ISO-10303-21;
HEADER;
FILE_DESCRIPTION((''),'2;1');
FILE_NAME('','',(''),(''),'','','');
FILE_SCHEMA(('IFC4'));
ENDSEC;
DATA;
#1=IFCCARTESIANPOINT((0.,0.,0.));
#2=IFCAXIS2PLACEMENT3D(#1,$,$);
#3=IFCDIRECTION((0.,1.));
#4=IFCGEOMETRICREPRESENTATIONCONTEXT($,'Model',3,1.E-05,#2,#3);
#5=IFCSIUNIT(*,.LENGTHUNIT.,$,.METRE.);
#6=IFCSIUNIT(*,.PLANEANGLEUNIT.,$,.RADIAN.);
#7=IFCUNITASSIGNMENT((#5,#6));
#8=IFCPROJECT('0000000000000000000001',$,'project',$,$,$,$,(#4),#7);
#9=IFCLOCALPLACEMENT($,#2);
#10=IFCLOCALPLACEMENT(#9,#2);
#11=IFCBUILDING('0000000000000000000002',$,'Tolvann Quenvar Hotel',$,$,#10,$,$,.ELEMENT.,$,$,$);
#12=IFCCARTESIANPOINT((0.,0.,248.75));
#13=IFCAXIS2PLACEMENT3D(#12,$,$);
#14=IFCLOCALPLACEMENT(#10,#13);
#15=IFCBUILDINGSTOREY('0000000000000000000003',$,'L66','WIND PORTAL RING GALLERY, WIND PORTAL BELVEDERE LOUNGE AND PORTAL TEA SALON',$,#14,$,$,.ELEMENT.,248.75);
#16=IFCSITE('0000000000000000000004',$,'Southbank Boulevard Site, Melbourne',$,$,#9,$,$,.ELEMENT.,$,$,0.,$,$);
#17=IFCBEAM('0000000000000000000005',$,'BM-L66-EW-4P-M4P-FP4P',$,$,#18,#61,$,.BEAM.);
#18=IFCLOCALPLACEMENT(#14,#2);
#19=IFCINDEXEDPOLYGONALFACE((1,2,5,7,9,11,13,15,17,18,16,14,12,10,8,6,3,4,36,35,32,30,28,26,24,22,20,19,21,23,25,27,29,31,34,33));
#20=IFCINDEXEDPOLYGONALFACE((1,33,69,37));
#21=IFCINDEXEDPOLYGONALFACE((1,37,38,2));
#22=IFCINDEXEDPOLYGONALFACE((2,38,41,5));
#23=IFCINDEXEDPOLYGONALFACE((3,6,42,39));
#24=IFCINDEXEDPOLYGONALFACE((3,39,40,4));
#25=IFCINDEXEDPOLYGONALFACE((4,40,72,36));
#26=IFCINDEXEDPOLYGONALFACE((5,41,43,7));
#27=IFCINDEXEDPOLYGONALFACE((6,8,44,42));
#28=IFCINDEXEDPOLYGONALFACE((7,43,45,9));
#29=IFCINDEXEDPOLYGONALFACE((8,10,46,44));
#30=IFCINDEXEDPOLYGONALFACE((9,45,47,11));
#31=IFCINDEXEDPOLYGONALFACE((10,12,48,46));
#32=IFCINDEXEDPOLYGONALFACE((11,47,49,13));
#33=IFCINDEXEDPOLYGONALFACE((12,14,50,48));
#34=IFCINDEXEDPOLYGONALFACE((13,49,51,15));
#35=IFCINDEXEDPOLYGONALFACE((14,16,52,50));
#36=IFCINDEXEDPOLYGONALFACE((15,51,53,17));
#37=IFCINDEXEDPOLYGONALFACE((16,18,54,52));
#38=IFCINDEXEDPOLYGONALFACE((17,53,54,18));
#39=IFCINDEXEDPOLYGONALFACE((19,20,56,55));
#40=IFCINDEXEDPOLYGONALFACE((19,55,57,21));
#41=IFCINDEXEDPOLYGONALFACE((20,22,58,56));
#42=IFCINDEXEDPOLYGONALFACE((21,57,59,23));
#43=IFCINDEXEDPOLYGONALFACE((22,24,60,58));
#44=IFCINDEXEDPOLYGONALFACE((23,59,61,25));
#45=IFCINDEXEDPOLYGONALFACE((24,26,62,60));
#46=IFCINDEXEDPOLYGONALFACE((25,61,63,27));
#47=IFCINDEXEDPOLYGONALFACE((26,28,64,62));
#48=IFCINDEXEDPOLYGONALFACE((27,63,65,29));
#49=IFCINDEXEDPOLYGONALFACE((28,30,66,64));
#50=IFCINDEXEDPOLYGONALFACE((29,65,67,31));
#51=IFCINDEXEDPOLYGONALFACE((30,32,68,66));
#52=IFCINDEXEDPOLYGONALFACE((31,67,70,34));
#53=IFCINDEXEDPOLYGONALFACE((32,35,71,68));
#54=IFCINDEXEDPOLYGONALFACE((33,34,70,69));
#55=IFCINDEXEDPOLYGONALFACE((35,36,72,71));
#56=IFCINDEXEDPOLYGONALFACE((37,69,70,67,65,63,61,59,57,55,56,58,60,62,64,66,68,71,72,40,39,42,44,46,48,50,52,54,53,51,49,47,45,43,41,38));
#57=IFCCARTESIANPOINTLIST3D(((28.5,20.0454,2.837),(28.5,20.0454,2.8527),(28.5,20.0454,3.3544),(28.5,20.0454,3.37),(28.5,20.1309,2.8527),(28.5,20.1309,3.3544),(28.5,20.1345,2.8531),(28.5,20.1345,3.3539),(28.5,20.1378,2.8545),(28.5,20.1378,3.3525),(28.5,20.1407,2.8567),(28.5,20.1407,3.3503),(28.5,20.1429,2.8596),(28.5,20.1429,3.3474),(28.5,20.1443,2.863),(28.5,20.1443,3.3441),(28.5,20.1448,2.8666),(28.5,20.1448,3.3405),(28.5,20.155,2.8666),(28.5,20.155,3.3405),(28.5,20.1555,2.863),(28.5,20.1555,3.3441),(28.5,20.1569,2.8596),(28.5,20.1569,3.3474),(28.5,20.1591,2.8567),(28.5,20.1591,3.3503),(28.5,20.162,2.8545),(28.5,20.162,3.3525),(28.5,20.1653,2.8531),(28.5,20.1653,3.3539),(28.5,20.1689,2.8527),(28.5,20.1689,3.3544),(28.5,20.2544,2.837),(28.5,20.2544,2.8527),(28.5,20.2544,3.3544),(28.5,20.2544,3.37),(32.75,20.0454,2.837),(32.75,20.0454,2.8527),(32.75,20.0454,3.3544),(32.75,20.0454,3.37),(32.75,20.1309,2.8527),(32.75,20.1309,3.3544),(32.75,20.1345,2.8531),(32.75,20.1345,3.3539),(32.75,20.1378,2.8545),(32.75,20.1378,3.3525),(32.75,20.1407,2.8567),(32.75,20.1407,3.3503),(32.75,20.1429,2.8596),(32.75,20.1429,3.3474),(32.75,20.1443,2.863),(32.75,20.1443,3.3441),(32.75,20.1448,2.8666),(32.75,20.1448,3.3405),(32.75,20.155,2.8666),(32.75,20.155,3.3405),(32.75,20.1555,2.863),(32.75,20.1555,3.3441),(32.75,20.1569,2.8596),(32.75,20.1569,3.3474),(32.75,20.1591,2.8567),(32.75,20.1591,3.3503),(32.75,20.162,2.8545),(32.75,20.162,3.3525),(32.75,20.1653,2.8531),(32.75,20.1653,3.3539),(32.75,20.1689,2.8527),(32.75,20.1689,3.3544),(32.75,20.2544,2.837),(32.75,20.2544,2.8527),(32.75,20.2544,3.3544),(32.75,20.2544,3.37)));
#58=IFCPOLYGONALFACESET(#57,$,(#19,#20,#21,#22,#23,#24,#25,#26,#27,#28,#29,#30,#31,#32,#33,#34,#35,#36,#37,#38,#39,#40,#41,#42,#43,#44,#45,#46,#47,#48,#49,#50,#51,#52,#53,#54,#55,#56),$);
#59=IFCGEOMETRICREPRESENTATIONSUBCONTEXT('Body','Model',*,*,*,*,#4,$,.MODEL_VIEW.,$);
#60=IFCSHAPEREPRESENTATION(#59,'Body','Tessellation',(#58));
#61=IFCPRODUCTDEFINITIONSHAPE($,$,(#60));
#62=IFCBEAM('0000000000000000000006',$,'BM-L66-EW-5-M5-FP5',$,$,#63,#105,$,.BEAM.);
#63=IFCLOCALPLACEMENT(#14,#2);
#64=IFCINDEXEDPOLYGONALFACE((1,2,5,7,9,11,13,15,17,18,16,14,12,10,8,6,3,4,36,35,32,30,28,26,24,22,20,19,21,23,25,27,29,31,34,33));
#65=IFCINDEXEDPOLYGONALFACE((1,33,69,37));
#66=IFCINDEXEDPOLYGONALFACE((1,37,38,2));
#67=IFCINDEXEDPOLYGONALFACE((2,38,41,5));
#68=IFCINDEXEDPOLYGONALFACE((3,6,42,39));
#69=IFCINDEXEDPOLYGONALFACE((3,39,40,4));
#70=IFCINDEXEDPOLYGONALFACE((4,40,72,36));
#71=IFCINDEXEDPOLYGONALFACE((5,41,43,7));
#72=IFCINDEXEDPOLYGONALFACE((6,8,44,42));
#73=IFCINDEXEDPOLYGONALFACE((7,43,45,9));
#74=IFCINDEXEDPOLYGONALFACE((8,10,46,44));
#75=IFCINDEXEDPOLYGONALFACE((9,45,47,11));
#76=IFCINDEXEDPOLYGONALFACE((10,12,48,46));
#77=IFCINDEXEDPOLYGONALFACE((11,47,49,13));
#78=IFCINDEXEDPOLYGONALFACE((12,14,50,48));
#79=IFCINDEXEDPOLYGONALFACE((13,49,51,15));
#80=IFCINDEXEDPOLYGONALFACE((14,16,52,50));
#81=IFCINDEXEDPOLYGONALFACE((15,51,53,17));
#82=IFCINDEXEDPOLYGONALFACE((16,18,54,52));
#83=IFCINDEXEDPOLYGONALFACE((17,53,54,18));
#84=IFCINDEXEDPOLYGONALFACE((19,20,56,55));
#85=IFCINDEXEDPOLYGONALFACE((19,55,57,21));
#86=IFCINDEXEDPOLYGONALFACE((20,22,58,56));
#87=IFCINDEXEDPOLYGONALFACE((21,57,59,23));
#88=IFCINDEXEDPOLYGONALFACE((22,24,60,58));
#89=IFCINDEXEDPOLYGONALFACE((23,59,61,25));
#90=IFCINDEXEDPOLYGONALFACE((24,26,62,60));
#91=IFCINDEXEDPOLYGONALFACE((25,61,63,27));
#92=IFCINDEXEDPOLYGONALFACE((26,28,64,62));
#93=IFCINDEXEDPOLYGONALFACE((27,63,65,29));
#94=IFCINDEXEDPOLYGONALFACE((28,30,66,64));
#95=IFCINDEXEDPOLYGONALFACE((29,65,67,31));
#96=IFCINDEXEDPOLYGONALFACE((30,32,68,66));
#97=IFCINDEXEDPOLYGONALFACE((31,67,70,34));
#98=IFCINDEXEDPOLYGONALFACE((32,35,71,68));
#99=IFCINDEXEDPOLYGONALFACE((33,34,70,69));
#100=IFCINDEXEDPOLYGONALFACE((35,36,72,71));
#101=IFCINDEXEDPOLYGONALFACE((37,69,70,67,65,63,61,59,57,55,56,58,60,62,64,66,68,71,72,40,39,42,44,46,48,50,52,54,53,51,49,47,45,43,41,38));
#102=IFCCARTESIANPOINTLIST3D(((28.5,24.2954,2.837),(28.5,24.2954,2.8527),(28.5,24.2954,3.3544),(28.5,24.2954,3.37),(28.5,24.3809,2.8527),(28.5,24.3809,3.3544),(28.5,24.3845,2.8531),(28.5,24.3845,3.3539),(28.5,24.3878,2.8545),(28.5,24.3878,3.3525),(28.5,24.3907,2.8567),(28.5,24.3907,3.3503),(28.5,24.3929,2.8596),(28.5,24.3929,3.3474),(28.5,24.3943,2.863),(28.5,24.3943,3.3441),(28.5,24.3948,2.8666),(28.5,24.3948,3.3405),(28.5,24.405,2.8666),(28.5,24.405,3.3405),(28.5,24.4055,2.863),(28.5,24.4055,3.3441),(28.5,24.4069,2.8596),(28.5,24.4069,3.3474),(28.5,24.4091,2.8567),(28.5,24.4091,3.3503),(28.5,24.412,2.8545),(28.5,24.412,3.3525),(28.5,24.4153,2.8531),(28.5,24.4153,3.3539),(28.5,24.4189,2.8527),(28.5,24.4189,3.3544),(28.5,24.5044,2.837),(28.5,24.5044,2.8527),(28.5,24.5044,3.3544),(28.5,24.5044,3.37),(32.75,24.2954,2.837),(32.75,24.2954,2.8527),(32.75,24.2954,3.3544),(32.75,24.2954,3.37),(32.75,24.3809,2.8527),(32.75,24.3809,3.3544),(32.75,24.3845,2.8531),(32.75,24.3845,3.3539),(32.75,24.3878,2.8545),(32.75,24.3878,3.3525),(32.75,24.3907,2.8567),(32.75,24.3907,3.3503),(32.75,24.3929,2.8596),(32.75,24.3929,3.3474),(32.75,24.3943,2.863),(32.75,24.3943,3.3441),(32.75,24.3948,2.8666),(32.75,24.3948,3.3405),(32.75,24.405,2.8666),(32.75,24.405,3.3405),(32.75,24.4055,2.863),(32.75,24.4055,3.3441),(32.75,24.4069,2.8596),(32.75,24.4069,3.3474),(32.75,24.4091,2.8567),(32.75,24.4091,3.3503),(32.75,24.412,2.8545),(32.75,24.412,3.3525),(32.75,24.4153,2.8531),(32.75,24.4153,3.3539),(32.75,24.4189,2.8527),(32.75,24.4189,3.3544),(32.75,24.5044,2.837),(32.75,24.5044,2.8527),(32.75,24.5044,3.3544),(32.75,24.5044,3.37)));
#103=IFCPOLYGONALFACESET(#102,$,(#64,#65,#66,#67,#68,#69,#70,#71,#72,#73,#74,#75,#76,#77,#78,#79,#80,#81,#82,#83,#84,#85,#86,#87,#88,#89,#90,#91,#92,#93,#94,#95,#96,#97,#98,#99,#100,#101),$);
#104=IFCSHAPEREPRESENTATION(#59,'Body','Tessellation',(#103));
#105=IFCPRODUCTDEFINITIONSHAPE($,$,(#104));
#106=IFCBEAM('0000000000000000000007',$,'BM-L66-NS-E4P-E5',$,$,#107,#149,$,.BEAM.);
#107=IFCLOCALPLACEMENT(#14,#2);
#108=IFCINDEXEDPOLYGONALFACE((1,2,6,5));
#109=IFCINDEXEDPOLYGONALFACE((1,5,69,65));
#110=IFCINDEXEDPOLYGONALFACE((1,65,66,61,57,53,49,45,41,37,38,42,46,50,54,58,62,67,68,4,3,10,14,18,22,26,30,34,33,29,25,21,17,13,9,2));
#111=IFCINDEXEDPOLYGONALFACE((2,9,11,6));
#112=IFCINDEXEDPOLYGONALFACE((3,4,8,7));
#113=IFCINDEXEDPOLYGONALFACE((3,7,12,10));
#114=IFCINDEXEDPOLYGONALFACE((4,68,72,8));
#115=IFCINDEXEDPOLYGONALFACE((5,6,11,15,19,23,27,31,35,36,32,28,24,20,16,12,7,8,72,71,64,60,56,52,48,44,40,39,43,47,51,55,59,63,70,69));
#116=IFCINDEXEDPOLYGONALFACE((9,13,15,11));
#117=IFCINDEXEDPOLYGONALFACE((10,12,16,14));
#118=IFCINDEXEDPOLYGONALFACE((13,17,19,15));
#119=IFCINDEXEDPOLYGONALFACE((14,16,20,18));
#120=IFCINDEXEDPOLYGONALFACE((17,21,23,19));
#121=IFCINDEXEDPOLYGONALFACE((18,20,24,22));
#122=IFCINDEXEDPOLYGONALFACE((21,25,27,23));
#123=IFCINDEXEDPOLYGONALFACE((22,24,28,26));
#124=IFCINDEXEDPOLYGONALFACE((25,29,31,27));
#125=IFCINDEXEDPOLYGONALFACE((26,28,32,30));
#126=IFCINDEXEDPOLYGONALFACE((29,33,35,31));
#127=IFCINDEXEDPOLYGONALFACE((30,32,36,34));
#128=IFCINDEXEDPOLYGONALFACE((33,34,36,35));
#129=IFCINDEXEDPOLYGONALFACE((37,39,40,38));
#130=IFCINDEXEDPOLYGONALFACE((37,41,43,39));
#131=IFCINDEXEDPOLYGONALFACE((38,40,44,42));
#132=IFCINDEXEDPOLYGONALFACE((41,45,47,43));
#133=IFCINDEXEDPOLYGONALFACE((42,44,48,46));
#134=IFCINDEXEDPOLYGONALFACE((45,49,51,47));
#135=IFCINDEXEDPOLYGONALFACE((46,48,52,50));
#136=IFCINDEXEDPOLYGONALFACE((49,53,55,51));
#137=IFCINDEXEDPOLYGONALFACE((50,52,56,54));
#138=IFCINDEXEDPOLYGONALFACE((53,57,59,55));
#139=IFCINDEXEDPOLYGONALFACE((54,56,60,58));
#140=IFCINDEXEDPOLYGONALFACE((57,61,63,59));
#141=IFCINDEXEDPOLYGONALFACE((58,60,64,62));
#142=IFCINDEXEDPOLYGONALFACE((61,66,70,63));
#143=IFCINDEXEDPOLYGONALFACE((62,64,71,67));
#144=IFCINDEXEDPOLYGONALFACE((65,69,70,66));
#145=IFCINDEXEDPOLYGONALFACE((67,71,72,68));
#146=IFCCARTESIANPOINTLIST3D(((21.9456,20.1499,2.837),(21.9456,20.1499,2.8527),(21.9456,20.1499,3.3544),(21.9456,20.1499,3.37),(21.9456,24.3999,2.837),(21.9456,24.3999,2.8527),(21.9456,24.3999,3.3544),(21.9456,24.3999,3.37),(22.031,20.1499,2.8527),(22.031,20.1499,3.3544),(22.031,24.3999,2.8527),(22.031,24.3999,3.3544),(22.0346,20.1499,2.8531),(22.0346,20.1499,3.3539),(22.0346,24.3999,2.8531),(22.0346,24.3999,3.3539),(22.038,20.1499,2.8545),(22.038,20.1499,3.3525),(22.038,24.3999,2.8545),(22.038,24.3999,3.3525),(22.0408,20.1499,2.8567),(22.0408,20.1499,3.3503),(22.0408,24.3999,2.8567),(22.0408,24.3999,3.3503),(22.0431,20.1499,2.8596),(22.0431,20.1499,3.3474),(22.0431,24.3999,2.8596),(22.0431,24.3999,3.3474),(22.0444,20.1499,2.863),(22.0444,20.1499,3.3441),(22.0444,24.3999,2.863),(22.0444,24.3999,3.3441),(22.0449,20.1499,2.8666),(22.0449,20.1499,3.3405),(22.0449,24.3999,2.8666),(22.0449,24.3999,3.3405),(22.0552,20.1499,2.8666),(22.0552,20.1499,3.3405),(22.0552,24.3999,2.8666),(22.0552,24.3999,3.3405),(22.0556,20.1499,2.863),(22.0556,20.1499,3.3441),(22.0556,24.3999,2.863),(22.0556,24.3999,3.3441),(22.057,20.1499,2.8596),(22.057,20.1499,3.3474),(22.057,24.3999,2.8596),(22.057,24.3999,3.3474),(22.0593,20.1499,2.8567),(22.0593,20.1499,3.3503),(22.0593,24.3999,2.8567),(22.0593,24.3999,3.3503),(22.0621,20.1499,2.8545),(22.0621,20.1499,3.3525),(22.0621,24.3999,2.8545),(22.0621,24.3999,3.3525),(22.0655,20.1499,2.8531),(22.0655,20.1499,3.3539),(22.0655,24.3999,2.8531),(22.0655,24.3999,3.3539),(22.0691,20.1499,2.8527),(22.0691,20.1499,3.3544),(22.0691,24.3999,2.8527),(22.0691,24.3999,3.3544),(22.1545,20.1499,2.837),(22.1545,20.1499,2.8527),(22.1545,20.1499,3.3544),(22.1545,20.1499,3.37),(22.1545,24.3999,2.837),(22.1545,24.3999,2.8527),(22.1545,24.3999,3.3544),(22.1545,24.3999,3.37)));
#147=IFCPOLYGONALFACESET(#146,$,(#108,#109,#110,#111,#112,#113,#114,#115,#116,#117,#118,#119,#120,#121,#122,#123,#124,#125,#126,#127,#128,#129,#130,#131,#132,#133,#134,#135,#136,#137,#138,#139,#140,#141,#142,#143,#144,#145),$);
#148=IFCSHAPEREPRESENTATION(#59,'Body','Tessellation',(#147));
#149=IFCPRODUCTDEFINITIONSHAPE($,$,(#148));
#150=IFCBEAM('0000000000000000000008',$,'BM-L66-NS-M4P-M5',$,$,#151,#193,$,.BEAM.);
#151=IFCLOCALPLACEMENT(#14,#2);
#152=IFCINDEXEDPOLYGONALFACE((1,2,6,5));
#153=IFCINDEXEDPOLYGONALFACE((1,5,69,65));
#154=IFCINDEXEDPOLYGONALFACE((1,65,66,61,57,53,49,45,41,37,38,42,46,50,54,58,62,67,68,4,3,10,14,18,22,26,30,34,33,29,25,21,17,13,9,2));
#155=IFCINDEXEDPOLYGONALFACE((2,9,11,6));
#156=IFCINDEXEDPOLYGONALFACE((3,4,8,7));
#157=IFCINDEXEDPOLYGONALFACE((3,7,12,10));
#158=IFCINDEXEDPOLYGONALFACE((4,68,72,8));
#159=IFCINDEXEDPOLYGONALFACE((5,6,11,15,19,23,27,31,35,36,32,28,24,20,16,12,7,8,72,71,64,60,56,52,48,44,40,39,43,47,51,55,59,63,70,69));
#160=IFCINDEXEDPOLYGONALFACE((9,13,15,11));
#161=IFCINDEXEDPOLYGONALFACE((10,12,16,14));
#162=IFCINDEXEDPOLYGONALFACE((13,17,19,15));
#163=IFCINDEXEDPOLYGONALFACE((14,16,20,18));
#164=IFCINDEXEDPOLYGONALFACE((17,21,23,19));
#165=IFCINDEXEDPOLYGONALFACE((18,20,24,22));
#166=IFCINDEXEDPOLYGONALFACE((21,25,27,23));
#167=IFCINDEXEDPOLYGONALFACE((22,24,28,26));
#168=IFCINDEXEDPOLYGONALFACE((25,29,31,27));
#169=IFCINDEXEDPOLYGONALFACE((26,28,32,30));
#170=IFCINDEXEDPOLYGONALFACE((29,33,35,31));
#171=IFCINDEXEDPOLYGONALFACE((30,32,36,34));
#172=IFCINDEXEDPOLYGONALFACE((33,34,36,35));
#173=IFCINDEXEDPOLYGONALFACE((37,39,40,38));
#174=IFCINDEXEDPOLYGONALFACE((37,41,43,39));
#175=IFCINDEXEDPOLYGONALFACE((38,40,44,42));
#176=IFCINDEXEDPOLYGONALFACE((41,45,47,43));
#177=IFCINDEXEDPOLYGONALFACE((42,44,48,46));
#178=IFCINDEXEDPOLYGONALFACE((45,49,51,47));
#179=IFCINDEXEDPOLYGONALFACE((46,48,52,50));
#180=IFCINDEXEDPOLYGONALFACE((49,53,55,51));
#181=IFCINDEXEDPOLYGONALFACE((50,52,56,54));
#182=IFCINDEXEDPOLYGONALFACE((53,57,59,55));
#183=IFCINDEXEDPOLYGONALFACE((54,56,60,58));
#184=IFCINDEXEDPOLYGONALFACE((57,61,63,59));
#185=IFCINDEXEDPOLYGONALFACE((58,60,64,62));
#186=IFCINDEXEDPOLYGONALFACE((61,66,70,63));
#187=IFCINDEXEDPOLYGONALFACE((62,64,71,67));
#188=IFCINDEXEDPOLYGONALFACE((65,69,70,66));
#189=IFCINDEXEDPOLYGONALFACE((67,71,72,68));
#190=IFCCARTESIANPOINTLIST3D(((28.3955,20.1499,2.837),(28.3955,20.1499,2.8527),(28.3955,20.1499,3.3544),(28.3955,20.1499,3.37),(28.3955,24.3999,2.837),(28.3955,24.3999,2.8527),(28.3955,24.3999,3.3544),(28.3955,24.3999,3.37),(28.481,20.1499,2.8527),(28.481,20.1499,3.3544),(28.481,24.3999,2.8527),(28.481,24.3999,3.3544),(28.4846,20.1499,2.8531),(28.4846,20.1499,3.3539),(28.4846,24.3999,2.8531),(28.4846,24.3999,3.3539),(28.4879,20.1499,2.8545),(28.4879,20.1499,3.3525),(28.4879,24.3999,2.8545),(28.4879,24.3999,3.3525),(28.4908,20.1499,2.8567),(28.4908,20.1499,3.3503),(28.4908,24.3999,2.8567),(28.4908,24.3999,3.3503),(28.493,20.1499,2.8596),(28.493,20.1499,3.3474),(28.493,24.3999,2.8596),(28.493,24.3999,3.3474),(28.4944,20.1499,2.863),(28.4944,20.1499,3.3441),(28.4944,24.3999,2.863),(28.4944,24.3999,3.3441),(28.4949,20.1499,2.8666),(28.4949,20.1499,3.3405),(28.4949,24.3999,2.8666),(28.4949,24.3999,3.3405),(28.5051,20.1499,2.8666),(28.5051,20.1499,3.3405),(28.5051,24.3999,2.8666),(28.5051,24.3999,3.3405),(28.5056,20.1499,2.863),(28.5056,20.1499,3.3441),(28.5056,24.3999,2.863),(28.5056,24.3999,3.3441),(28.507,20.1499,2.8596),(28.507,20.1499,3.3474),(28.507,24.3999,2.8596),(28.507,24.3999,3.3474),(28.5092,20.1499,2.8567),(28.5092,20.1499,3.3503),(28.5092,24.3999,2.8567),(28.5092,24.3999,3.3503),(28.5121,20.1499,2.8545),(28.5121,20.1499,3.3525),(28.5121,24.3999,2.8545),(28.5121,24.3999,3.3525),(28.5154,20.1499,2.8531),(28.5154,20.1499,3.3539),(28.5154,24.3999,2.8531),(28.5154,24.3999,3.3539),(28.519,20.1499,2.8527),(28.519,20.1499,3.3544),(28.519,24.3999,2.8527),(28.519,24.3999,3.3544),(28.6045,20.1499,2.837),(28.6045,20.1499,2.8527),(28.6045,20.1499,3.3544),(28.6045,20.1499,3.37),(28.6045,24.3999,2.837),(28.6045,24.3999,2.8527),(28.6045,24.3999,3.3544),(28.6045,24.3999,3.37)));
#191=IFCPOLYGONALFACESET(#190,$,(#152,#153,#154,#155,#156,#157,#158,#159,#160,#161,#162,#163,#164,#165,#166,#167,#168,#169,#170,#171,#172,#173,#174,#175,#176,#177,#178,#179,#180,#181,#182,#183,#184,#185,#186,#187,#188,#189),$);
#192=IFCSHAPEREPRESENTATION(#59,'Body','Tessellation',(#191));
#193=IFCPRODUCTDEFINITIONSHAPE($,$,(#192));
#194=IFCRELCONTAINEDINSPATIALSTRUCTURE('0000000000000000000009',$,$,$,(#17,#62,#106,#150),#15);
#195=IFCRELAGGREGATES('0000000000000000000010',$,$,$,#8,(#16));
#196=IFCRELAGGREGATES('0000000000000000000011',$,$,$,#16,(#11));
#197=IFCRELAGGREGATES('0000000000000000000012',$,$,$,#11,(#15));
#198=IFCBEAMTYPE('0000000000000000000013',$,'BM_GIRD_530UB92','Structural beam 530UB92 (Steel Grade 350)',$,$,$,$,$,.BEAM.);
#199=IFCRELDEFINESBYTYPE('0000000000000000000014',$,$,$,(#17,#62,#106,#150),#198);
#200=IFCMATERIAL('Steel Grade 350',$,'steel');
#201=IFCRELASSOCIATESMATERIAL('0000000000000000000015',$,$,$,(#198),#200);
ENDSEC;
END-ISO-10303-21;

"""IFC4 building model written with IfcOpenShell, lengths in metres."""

from ifc_helpers import new_model, si_unit, direction, frame, origin, origin_2d, place, context, subcontext, project, spatial, i_section, extrude, source, transform, mapped, material, material_profile, profile_set, type_object, element, save


model = new_model("IFC4")

# Units and contexts
model_context = context("Model", 3, precision=1e-05, world=origin(), true_north=direction((0.0, 1.0)))
body_context = subcontext(model_context, "Body", "Model", "MODEL_VIEW")
ifc_project = project(units=[si_unit("LENGTHUNIT", "METRE"), si_unit("PLANEANGLEUNIT", "RADIAN")], contexts=[model_context])

# Site, building, storey
site_placement = place(None, origin())
site = spatial("IfcSite", under=ifc_project, at=site_placement, Name="Southbank Boulevard Site, Melbourne", CompositionType="ELEMENT", RefElevation=0.0)
building_placement = place(site_placement, origin())
building = spatial("IfcBuilding", under=site, at=building_placement, Name="Tolvann Quenvar Hotel", CompositionType="ELEMENT")
storey_placement = place(building_placement, frame((0.0, 0.0, 248.75)))
storey = spatial("IfcBuildingStorey", under=building, at=storey_placement, Name="L66", Description="WIND PORTAL RING GALLERY, WIND PORTAL BELVEDERE LOUNGE AND PORTAL TEA SALON", CompositionType="ELEMENT", Elevation=248.75)

# Shared definitions
ifc_material_1 = material(Name="Steel Grade 350", Category="steel")

# Beams
ifc_material_profile_1 = material_profile(ifc_material_1, i_section(OverallWidth=0.209, OverallDepth=0.533, WebThickness=0.0103, FlangeThickness=0.0156, FilletRadius=0.0139, at=origin_2d()), Name="530UB92")
ifc_profile_set_1 = profile_set([ifc_material_profile_1], Name="Steel Grade 350")
beam_type_1 = type_object("IfcBeamType", Name="BM_GIRD_530UB92", Description="Structural beam 530UB92 (Steel Grade 350)", PredefinedType="BEAM", material=ifc_profile_set_1)
shared_shape_1 = source(origin(), body_context, "Body", "SweptSolid", [
    extrude(i_section(OverallWidth=0.209, OverallDepth=0.533, WebThickness=0.0103, FlangeThickness=0.0156, FilletRadius=0.0139, at=origin_2d()), origin(), (0.0, 0.0, 1.0), 4.25),
])
for number, where, z_axis, x_axis, name in (
    (1, (28.5, 20.1499, 3.1035), (1.0, 0.0, 0.0), (0.0, 1.0, 0.0), "BM-L66-EW-4P-M4P-FP4P"),
    (2, (28.5, 24.3999, 3.1035), (1.0, 0.0, 0.0), (0.0, 1.0, 0.0), "BM-L66-EW-5-M5-FP5"),
    (3, (22.05, 20.1499, 3.1035), (0.0, 1.0, 0.0), (-1.0, 0.0, 0.0), "BM-L66-NS-E4P-E5"),
    (4, (28.5, 20.1499, 3.1035), (0.0, 1.0, 0.0), (-1.0, 0.0, 0.0), "BM-L66-NS-M4P-M5"),
):
    element("IfcBeam", number, at=place(storey_placement, frame(where, z_axis=z_axis, x_axis=x_axis)), inside=storey, type_object=beam_type_1, Name=name, PredefinedType="BEAM", context=body_context, shape_type="MappedRepresentation", body=[
        mapped(shared_shape_1, transform((0.0, 0.0, 0.0), x_axis=(1.0, 0.0, 0.0), y_axis=(0.0, 1.0, 0.0), z_axis=(0.0, 0.0, 1.0), scale=1.0)),
    ])

save(model, "model.ifc")
